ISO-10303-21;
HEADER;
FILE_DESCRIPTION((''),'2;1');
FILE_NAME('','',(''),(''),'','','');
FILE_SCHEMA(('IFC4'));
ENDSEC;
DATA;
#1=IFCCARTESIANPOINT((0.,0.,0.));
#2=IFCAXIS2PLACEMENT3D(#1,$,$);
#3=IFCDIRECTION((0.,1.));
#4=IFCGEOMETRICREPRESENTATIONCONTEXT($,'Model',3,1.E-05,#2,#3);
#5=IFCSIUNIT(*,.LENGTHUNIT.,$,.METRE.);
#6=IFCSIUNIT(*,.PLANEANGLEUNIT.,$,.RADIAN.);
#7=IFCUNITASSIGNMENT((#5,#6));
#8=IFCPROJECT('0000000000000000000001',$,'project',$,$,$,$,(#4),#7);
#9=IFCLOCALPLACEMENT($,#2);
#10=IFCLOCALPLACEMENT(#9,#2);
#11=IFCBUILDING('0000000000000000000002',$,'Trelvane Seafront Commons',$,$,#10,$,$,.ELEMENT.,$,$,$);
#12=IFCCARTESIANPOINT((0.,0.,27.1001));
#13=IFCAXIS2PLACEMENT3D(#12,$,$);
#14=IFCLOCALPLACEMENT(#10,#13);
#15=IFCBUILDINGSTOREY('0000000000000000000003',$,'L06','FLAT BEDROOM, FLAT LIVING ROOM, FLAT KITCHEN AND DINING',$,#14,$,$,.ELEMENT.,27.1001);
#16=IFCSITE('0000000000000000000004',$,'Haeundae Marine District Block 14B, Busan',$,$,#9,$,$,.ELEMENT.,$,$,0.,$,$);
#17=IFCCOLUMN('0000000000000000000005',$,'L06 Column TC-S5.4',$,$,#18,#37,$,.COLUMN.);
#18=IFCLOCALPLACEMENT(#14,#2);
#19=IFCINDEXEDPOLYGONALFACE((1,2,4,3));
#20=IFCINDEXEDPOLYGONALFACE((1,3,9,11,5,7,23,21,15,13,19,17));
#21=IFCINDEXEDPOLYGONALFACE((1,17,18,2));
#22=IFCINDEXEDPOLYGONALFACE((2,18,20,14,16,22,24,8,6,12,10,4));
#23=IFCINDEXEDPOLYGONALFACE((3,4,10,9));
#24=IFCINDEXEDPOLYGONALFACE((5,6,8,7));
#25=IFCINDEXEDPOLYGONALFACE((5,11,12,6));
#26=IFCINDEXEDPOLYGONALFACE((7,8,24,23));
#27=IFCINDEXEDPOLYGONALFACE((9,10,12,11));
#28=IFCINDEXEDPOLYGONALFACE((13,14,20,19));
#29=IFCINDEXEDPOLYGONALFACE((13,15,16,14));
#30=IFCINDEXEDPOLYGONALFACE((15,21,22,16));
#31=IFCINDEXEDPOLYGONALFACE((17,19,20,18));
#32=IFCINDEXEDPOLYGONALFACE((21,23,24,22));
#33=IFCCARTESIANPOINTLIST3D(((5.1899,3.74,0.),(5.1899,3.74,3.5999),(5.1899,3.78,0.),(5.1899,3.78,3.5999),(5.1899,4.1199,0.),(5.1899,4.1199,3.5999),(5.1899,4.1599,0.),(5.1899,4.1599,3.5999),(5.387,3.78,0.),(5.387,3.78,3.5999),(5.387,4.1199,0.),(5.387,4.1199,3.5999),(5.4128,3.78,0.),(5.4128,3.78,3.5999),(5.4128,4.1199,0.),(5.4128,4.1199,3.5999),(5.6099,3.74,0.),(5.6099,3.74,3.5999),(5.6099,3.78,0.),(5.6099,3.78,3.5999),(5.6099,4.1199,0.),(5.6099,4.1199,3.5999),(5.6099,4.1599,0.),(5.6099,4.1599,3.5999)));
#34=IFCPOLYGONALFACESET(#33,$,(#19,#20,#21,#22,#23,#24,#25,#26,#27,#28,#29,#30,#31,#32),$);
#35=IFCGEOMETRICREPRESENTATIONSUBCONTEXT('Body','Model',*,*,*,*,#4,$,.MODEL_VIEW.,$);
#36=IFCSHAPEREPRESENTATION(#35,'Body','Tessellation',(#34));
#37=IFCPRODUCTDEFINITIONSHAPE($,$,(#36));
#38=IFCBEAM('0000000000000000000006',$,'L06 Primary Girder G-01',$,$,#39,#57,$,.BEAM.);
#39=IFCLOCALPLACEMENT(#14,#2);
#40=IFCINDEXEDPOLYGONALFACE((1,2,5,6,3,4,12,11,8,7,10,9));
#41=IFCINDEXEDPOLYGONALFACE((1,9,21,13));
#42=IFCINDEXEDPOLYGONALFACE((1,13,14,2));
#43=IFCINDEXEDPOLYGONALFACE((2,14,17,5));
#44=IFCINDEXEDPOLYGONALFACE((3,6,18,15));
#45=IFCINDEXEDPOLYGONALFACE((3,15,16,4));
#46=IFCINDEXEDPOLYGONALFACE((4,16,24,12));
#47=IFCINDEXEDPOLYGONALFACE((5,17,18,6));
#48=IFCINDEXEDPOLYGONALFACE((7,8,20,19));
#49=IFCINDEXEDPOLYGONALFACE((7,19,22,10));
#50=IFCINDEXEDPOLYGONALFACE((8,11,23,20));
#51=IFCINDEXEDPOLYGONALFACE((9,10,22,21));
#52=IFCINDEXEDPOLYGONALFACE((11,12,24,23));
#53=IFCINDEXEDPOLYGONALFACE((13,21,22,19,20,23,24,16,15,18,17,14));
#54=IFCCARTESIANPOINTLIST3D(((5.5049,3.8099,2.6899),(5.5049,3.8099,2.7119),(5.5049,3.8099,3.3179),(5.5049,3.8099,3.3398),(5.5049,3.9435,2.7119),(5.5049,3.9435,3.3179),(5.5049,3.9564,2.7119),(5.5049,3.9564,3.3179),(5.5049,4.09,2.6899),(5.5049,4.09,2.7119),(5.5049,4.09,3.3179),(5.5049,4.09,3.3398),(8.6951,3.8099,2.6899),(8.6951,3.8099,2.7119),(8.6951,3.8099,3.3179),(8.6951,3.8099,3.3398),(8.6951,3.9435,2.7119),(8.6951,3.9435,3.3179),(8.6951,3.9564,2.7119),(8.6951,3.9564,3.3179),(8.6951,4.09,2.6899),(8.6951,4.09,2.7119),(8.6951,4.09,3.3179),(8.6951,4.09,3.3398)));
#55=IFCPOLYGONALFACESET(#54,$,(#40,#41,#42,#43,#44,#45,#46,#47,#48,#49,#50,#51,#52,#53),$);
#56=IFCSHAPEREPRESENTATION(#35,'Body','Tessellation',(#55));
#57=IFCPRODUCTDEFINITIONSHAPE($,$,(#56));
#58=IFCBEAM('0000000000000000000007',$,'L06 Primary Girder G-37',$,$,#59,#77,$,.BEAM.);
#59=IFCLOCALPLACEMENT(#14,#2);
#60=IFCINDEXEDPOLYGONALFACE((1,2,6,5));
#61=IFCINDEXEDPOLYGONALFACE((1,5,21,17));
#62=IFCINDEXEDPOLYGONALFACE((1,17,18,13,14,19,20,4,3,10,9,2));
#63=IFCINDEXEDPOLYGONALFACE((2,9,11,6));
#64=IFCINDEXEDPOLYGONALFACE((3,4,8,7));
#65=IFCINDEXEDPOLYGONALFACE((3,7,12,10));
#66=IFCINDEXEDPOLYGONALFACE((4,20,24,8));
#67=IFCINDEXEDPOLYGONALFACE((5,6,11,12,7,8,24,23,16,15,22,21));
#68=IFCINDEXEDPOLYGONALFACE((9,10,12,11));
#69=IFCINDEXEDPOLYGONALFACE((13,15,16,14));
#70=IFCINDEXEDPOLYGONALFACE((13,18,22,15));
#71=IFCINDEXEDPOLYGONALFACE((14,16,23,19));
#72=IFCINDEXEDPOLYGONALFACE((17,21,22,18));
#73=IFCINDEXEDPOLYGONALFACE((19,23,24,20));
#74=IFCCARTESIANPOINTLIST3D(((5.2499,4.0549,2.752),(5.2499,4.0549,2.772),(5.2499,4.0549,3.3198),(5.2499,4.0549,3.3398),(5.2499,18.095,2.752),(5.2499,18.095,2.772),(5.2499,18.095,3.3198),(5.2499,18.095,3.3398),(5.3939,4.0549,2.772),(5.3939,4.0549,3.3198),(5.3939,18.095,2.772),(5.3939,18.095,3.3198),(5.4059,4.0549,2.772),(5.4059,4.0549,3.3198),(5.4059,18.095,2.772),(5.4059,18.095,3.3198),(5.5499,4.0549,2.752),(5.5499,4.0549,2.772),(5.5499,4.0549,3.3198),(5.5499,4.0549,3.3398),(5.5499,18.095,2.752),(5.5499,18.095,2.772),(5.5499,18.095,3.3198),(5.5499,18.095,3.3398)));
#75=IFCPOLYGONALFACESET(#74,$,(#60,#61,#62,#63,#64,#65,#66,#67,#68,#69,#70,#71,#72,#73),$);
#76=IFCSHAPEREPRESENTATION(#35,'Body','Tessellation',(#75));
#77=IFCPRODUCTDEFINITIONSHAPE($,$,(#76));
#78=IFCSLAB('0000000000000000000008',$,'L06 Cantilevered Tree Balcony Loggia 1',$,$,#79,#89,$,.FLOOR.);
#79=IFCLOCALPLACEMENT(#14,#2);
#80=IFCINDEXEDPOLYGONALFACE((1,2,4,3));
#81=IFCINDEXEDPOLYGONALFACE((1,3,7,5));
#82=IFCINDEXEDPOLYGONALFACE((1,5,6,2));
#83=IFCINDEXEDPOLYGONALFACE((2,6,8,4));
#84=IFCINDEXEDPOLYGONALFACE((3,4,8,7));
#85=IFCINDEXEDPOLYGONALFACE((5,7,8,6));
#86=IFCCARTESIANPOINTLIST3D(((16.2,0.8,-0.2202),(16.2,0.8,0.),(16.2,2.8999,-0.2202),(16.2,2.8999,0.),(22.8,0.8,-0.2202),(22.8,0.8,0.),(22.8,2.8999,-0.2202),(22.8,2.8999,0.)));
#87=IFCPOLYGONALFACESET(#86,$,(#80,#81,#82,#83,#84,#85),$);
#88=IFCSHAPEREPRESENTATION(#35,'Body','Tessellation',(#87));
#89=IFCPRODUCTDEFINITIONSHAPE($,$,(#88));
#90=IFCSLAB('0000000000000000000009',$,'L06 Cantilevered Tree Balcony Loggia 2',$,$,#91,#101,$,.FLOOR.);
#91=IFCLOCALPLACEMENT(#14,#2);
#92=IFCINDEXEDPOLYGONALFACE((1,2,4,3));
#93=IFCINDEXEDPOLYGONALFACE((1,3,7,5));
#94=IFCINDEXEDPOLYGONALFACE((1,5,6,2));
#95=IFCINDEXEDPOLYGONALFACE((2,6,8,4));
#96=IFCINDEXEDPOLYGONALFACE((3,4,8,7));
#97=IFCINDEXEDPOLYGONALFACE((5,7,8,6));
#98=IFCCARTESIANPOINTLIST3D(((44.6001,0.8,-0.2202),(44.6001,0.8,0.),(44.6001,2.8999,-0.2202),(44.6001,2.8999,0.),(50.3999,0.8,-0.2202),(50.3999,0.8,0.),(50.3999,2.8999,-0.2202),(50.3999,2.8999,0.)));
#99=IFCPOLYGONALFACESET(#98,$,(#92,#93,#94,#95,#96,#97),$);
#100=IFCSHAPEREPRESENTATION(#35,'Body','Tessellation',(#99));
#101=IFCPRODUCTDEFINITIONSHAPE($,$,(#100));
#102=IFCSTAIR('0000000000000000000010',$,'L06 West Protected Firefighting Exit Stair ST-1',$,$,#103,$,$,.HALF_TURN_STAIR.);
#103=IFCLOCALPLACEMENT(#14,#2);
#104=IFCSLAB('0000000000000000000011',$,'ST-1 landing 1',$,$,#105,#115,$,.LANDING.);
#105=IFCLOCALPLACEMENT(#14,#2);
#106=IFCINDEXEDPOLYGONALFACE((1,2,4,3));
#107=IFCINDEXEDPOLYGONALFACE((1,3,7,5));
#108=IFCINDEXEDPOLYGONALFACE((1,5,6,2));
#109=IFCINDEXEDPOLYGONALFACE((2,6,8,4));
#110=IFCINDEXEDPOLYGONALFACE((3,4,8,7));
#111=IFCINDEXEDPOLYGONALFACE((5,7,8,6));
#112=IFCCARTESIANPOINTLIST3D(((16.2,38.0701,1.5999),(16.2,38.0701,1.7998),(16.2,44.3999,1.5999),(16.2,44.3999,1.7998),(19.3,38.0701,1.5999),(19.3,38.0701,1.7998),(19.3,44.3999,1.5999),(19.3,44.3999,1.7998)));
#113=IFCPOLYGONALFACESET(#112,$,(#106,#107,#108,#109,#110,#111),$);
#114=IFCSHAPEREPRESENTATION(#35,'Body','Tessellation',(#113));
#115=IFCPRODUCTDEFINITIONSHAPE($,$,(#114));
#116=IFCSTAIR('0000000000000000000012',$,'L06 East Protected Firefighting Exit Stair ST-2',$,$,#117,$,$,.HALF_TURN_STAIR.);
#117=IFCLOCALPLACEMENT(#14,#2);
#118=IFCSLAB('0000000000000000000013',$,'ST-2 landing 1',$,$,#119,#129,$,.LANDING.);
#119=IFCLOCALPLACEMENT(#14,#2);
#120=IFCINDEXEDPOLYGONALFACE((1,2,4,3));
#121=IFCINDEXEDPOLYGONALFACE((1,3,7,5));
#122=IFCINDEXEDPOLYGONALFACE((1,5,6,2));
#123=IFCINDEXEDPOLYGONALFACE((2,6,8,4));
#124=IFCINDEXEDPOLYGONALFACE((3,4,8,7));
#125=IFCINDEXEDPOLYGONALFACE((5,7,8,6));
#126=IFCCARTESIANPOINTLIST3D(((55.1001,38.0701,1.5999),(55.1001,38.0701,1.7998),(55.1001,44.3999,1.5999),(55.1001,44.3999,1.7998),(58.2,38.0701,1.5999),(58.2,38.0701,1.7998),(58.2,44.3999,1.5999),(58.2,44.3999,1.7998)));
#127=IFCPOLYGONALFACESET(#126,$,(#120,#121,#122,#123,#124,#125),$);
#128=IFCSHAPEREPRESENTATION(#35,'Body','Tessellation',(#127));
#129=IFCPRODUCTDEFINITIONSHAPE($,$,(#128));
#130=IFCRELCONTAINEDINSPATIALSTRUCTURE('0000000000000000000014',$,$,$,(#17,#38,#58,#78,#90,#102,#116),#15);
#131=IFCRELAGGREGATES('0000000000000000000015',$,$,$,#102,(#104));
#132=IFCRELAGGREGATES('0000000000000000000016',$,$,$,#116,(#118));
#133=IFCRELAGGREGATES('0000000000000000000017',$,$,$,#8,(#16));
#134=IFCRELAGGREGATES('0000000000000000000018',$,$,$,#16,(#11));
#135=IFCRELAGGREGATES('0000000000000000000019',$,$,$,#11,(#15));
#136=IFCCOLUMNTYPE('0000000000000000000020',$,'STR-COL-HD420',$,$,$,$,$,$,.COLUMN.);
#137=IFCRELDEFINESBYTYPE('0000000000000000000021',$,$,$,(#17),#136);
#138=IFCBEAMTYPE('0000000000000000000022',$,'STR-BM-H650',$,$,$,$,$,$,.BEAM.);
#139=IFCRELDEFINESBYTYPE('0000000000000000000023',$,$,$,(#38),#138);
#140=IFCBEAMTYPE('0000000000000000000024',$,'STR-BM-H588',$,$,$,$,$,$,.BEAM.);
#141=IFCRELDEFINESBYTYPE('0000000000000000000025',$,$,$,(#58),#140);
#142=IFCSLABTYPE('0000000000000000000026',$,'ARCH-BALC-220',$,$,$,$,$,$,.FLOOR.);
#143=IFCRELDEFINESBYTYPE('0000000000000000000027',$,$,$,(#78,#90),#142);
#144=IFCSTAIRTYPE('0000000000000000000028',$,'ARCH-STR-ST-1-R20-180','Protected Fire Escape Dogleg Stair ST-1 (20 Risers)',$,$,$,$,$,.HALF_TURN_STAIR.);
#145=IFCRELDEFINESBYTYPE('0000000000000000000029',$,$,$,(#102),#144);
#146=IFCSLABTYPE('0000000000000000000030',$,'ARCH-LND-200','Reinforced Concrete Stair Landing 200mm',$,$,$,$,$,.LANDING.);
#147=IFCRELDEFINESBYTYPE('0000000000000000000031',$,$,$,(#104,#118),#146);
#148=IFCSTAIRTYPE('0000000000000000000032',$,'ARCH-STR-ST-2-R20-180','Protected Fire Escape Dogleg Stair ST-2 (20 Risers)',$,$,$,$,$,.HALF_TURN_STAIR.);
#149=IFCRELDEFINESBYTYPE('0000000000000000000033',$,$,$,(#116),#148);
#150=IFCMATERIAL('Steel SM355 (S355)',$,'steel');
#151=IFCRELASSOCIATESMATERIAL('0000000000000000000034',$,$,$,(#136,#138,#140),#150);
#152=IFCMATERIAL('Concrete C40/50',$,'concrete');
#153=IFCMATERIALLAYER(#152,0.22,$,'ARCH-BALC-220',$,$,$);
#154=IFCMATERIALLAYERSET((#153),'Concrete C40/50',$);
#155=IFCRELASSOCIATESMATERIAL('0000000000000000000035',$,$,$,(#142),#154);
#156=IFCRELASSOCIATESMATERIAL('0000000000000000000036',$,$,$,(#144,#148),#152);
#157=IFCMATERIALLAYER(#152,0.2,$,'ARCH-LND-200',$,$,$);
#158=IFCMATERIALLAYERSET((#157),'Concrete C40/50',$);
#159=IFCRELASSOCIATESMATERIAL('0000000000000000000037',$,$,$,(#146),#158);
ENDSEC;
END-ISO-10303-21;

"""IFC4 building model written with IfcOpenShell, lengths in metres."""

from ifc_helpers import new_model, si_unit, direction, frame, origin, origin_2d, place, context, subcontext, project, spatial, polyline, i_section, outline, extrude, source, transform, mapped, material, layer, layer_set, material_profile, profile_set, type_object, element, aggregate, save


model = new_model("IFC4")

# Units and contexts
model_context = context("Model", 3, precision=1e-05, world=origin(), true_north=direction((0.0, 1.0)))
body_context = subcontext(model_context, "Body", "Model", "MODEL_VIEW")
ifc_project = project(units=[si_unit("LENGTHUNIT", "METRE"), si_unit("PLANEANGLEUNIT", "RADIAN")], contexts=[model_context])

# Site, building, storey
site_placement = place(None, origin())
site = spatial("IfcSite", under=ifc_project, at=site_placement, Name="Haeundae Marine District Block 14B, Busan", CompositionType="ELEMENT", RefElevation=0.0)
building_placement = place(site_placement, origin())
building = spatial("IfcBuilding", under=site, at=building_placement, Name="Trelvane Seafront Commons", CompositionType="ELEMENT")
storey_placement = place(building_placement, frame((0.0, 0.0, 27.1001)))
storey = spatial("IfcBuildingStorey", under=building, at=storey_placement, Name="L06", Description="FLAT BEDROOM, FLAT LIVING ROOM, FLAT KITCHEN AND DINING", CompositionType="ELEMENT", Elevation=27.1001)

# Column
ifc_material_1 = material(Name="Steel SM355 (S355)", Category="steel")
ifc_material_profile_1 = material_profile(ifc_material_1, i_section(OverallWidth=0.4199, OverallDepth=0.4199, WebThickness=0.0259, FlangeThickness=0.04, at=origin_2d()), Name="HD-420x420x26x40")
ifc_profile_set_1 = profile_set([ifc_material_profile_1], Name="Steel SM355 (S355)")
column_type = type_object("IfcColumnType", Name="STR-COL-HD420", PredefinedType="COLUMN", material=ifc_profile_set_1)
shared_shape_1 = source(origin(), body_context, "Body", "SweptSolid", [
    extrude(i_section(OverallWidth=0.4199, OverallDepth=0.4199, WebThickness=0.0259, FlangeThickness=0.04, at=origin_2d()), origin(), (0.0, 0.0, 1.0), 3.5999),
])
column_placement = place(storey_placement, frame((5.3999, 3.95, 0.0), z_axis=(0.0, 0.0, 1.0), x_axis=(1.0, 0.0, 0.0)))
element("IfcColumn", 1, at=column_placement, inside=storey, type_object=column_type, Name="L06 Column TC-S5.4", PredefinedType="COLUMN", context=body_context, shape_type="MappedRepresentation", body=[
    mapped(shared_shape_1, transform((0.0, 0.0, 0.0), x_axis=(1.0, 0.0, 0.0), y_axis=(0.0, 1.0, 0.0), z_axis=(0.0, 0.0, 1.0), scale=1.0)),
])

# Beams
ifc_material_profile_2 = material_profile(ifc_material_1, i_section(OverallWidth=0.28, OverallDepth=0.6499, WebThickness=0.0129, FlangeThickness=0.022, at=origin_2d()), Name="H-650x280x13x22")
ifc_profile_set_2 = profile_set([ifc_material_profile_2], Name="Steel SM355 (S355)")
beam_type_1 = type_object("IfcBeamType", Name="STR-BM-H650", PredefinedType="BEAM", material=ifc_profile_set_2)
shared_shape_2 = source(origin(), body_context, "Body", "SweptSolid", [
    extrude(i_section(OverallWidth=0.28, OverallDepth=0.6499, WebThickness=0.0129, FlangeThickness=0.022, at=origin_2d()), origin(), (0.0, 0.0, 1.0), 3.1902),
])
beam_1_placement = place(storey_placement, frame((5.5049, 3.95, 3.0149), z_axis=(1.0, 0.0, 0.0), x_axis=(0.0, 1.0, 0.0)))
element("IfcBeam", 2, at=beam_1_placement, inside=storey, type_object=beam_type_1, Name="L06 Primary Girder G-01", PredefinedType="BEAM", context=body_context, shape_type="MappedRepresentation", body=[
    mapped(shared_shape_2, transform((0.0, 0.0, 0.0), x_axis=(1.0, 0.0, 0.0), y_axis=(0.0, 1.0, 0.0), z_axis=(0.0, 0.0, 1.0), scale=1.0)),
])
ifc_material_profile_3 = material_profile(ifc_material_1, i_section(OverallWidth=0.3, OverallDepth=0.5879, WebThickness=0.012, FlangeThickness=0.02, at=origin_2d()), Name="H-588x300x12x20")
ifc_profile_set_3 = profile_set([ifc_material_profile_3], Name="Steel SM355 (S355)")
beam_type_2 = type_object("IfcBeamType", Name="STR-BM-H588", PredefinedType="BEAM", material=ifc_profile_set_3)
shared_shape_3 = source(origin(), body_context, "Body", "SweptSolid", [
    extrude(i_section(OverallWidth=0.3, OverallDepth=0.5879, WebThickness=0.012, FlangeThickness=0.02, at=origin_2d()), origin(), (0.0, 0.0, 1.0), 14.04),
])
beam_2_placement = place(storey_placement, frame((5.3999, 4.0549, 3.0459), z_axis=(0.0, 1.0, 0.0), x_axis=(-1.0, 0.0, 0.0)))
element("IfcBeam", 3, at=beam_2_placement, inside=storey, type_object=beam_type_2, Name="L06 Primary Girder G-37", PredefinedType="BEAM", context=body_context, shape_type="MappedRepresentation", body=[
    mapped(shared_shape_3, transform((0.0, 0.0, 0.0), x_axis=(1.0, 0.0, 0.0), y_axis=(0.0, 1.0, 0.0), z_axis=(0.0, 0.0, 1.0), scale=1.0)),
])

# Slabs
ifc_material_2 = material(Name="Concrete C40/50", Category="concrete")
ifc_layer_1 = layer(ifc_material_2, 0.22, Name="ARCH-BALC-220")
ifc_layer_set_1 = layer_set([ifc_layer_1], Name="Concrete C40/50")
slab_type_1 = type_object("IfcSlabType", Name="ARCH-BALC-220", PredefinedType="FLOOR", material=ifc_layer_set_1)
slab_1_placement = place(storey_placement, frame((0.0, 0.0, -0.2202)))
element("IfcSlab", 4, at=slab_1_placement, inside=storey, type_object=slab_type_1, Name="L06 Cantilevered Tree Balcony Loggia 1", PredefinedType="FLOOR", context=body_context, shape_type="SweptSolid", body=[
    extrude(outline(polyline([(16.2, 0.8), (22.8, 0.8), (22.8, 2.8999), (16.2, 2.8999), (16.2, 0.8)])), origin(), (0.0, 0.0, 1.0), 0.2202),
])
slab_2_placement = place(storey_placement, frame((0.0, 0.0, -0.2202)))
element("IfcSlab", 5, at=slab_2_placement, inside=storey, type_object=slab_type_1, Name="L06 Cantilevered Tree Balcony Loggia 2", PredefinedType="FLOOR", context=body_context, shape_type="SweptSolid", body=[
    extrude(outline(polyline([(44.6001, 0.8), (50.3999, 0.8), (50.3999, 2.8999), (44.6001, 2.8999), (44.6001, 0.8)])), origin(), (0.0, 0.0, 1.0), 0.2202),
])

# Stairs, slabs
stair_type_1 = type_object("IfcStairType", Name="ARCH-STR-ST-1-R20-180", Description="Protected Fire Escape Dogleg Stair ST-1 (20 Risers)", PredefinedType="HALF_TURN_STAIR", material=ifc_material_2)
stair_1_placement = place(storey_placement, origin())
stair_1 = element("IfcStair", 6, at=stair_1_placement, inside=storey, type_object=stair_type_1, Name="L06 West Protected Firefighting Exit Stair ST-1", PredefinedType="HALF_TURN_STAIR")
ifc_layer_2 = layer(ifc_material_2, 0.2, Name="ARCH-LND-200")
ifc_layer_set_2 = layer_set([ifc_layer_2], Name="Concrete C40/50")
slab_type_2 = type_object("IfcSlabType", Name="ARCH-LND-200", Description="Reinforced Concrete Stair Landing 200mm", PredefinedType="LANDING", material=ifc_layer_set_2)
slab_3_placement = place(storey_placement, frame((0.0, 0.0, 1.5999)))
slab_3 = element("IfcSlab", 7, at=slab_3_placement, type_object=slab_type_2, Name="ST-1 landing 1", PredefinedType="LANDING", context=body_context, shape_type="SweptSolid", body=[
    extrude(outline(polyline([(19.3, 38.0701), (19.3, 44.3999), (16.2, 44.3999), (16.2, 38.0701), (19.3, 38.0701)])), origin(), (0.0, 0.0, 1.0), 0.2),
])
aggregate(stair_1, [slab_3])
stair_type_2 = type_object("IfcStairType", Name="ARCH-STR-ST-2-R20-180", Description="Protected Fire Escape Dogleg Stair ST-2 (20 Risers)", PredefinedType="HALF_TURN_STAIR", material=ifc_material_2)
stair_2_placement = place(storey_placement, origin())
stair_2 = element("IfcStair", 8, at=stair_2_placement, inside=storey, type_object=stair_type_2, Name="L06 East Protected Firefighting Exit Stair ST-2", PredefinedType="HALF_TURN_STAIR")
slab_4_placement = place(storey_placement, frame((0.0, 0.0, 1.5999)))
slab_4 = element("IfcSlab", 9, at=slab_4_placement, type_object=slab_type_2, Name="ST-2 landing 1", PredefinedType="LANDING", context=body_context, shape_type="SweptSolid", body=[
    extrude(outline(polyline([(58.2, 38.0701), (58.2, 44.3999), (55.1001, 44.3999), (55.1001, 38.0701), (58.2, 38.0701)])), origin(), (0.0, 0.0, 1.0), 0.2),
])
aggregate(stair_2, [slab_4])

save(model, "model.ifc")
